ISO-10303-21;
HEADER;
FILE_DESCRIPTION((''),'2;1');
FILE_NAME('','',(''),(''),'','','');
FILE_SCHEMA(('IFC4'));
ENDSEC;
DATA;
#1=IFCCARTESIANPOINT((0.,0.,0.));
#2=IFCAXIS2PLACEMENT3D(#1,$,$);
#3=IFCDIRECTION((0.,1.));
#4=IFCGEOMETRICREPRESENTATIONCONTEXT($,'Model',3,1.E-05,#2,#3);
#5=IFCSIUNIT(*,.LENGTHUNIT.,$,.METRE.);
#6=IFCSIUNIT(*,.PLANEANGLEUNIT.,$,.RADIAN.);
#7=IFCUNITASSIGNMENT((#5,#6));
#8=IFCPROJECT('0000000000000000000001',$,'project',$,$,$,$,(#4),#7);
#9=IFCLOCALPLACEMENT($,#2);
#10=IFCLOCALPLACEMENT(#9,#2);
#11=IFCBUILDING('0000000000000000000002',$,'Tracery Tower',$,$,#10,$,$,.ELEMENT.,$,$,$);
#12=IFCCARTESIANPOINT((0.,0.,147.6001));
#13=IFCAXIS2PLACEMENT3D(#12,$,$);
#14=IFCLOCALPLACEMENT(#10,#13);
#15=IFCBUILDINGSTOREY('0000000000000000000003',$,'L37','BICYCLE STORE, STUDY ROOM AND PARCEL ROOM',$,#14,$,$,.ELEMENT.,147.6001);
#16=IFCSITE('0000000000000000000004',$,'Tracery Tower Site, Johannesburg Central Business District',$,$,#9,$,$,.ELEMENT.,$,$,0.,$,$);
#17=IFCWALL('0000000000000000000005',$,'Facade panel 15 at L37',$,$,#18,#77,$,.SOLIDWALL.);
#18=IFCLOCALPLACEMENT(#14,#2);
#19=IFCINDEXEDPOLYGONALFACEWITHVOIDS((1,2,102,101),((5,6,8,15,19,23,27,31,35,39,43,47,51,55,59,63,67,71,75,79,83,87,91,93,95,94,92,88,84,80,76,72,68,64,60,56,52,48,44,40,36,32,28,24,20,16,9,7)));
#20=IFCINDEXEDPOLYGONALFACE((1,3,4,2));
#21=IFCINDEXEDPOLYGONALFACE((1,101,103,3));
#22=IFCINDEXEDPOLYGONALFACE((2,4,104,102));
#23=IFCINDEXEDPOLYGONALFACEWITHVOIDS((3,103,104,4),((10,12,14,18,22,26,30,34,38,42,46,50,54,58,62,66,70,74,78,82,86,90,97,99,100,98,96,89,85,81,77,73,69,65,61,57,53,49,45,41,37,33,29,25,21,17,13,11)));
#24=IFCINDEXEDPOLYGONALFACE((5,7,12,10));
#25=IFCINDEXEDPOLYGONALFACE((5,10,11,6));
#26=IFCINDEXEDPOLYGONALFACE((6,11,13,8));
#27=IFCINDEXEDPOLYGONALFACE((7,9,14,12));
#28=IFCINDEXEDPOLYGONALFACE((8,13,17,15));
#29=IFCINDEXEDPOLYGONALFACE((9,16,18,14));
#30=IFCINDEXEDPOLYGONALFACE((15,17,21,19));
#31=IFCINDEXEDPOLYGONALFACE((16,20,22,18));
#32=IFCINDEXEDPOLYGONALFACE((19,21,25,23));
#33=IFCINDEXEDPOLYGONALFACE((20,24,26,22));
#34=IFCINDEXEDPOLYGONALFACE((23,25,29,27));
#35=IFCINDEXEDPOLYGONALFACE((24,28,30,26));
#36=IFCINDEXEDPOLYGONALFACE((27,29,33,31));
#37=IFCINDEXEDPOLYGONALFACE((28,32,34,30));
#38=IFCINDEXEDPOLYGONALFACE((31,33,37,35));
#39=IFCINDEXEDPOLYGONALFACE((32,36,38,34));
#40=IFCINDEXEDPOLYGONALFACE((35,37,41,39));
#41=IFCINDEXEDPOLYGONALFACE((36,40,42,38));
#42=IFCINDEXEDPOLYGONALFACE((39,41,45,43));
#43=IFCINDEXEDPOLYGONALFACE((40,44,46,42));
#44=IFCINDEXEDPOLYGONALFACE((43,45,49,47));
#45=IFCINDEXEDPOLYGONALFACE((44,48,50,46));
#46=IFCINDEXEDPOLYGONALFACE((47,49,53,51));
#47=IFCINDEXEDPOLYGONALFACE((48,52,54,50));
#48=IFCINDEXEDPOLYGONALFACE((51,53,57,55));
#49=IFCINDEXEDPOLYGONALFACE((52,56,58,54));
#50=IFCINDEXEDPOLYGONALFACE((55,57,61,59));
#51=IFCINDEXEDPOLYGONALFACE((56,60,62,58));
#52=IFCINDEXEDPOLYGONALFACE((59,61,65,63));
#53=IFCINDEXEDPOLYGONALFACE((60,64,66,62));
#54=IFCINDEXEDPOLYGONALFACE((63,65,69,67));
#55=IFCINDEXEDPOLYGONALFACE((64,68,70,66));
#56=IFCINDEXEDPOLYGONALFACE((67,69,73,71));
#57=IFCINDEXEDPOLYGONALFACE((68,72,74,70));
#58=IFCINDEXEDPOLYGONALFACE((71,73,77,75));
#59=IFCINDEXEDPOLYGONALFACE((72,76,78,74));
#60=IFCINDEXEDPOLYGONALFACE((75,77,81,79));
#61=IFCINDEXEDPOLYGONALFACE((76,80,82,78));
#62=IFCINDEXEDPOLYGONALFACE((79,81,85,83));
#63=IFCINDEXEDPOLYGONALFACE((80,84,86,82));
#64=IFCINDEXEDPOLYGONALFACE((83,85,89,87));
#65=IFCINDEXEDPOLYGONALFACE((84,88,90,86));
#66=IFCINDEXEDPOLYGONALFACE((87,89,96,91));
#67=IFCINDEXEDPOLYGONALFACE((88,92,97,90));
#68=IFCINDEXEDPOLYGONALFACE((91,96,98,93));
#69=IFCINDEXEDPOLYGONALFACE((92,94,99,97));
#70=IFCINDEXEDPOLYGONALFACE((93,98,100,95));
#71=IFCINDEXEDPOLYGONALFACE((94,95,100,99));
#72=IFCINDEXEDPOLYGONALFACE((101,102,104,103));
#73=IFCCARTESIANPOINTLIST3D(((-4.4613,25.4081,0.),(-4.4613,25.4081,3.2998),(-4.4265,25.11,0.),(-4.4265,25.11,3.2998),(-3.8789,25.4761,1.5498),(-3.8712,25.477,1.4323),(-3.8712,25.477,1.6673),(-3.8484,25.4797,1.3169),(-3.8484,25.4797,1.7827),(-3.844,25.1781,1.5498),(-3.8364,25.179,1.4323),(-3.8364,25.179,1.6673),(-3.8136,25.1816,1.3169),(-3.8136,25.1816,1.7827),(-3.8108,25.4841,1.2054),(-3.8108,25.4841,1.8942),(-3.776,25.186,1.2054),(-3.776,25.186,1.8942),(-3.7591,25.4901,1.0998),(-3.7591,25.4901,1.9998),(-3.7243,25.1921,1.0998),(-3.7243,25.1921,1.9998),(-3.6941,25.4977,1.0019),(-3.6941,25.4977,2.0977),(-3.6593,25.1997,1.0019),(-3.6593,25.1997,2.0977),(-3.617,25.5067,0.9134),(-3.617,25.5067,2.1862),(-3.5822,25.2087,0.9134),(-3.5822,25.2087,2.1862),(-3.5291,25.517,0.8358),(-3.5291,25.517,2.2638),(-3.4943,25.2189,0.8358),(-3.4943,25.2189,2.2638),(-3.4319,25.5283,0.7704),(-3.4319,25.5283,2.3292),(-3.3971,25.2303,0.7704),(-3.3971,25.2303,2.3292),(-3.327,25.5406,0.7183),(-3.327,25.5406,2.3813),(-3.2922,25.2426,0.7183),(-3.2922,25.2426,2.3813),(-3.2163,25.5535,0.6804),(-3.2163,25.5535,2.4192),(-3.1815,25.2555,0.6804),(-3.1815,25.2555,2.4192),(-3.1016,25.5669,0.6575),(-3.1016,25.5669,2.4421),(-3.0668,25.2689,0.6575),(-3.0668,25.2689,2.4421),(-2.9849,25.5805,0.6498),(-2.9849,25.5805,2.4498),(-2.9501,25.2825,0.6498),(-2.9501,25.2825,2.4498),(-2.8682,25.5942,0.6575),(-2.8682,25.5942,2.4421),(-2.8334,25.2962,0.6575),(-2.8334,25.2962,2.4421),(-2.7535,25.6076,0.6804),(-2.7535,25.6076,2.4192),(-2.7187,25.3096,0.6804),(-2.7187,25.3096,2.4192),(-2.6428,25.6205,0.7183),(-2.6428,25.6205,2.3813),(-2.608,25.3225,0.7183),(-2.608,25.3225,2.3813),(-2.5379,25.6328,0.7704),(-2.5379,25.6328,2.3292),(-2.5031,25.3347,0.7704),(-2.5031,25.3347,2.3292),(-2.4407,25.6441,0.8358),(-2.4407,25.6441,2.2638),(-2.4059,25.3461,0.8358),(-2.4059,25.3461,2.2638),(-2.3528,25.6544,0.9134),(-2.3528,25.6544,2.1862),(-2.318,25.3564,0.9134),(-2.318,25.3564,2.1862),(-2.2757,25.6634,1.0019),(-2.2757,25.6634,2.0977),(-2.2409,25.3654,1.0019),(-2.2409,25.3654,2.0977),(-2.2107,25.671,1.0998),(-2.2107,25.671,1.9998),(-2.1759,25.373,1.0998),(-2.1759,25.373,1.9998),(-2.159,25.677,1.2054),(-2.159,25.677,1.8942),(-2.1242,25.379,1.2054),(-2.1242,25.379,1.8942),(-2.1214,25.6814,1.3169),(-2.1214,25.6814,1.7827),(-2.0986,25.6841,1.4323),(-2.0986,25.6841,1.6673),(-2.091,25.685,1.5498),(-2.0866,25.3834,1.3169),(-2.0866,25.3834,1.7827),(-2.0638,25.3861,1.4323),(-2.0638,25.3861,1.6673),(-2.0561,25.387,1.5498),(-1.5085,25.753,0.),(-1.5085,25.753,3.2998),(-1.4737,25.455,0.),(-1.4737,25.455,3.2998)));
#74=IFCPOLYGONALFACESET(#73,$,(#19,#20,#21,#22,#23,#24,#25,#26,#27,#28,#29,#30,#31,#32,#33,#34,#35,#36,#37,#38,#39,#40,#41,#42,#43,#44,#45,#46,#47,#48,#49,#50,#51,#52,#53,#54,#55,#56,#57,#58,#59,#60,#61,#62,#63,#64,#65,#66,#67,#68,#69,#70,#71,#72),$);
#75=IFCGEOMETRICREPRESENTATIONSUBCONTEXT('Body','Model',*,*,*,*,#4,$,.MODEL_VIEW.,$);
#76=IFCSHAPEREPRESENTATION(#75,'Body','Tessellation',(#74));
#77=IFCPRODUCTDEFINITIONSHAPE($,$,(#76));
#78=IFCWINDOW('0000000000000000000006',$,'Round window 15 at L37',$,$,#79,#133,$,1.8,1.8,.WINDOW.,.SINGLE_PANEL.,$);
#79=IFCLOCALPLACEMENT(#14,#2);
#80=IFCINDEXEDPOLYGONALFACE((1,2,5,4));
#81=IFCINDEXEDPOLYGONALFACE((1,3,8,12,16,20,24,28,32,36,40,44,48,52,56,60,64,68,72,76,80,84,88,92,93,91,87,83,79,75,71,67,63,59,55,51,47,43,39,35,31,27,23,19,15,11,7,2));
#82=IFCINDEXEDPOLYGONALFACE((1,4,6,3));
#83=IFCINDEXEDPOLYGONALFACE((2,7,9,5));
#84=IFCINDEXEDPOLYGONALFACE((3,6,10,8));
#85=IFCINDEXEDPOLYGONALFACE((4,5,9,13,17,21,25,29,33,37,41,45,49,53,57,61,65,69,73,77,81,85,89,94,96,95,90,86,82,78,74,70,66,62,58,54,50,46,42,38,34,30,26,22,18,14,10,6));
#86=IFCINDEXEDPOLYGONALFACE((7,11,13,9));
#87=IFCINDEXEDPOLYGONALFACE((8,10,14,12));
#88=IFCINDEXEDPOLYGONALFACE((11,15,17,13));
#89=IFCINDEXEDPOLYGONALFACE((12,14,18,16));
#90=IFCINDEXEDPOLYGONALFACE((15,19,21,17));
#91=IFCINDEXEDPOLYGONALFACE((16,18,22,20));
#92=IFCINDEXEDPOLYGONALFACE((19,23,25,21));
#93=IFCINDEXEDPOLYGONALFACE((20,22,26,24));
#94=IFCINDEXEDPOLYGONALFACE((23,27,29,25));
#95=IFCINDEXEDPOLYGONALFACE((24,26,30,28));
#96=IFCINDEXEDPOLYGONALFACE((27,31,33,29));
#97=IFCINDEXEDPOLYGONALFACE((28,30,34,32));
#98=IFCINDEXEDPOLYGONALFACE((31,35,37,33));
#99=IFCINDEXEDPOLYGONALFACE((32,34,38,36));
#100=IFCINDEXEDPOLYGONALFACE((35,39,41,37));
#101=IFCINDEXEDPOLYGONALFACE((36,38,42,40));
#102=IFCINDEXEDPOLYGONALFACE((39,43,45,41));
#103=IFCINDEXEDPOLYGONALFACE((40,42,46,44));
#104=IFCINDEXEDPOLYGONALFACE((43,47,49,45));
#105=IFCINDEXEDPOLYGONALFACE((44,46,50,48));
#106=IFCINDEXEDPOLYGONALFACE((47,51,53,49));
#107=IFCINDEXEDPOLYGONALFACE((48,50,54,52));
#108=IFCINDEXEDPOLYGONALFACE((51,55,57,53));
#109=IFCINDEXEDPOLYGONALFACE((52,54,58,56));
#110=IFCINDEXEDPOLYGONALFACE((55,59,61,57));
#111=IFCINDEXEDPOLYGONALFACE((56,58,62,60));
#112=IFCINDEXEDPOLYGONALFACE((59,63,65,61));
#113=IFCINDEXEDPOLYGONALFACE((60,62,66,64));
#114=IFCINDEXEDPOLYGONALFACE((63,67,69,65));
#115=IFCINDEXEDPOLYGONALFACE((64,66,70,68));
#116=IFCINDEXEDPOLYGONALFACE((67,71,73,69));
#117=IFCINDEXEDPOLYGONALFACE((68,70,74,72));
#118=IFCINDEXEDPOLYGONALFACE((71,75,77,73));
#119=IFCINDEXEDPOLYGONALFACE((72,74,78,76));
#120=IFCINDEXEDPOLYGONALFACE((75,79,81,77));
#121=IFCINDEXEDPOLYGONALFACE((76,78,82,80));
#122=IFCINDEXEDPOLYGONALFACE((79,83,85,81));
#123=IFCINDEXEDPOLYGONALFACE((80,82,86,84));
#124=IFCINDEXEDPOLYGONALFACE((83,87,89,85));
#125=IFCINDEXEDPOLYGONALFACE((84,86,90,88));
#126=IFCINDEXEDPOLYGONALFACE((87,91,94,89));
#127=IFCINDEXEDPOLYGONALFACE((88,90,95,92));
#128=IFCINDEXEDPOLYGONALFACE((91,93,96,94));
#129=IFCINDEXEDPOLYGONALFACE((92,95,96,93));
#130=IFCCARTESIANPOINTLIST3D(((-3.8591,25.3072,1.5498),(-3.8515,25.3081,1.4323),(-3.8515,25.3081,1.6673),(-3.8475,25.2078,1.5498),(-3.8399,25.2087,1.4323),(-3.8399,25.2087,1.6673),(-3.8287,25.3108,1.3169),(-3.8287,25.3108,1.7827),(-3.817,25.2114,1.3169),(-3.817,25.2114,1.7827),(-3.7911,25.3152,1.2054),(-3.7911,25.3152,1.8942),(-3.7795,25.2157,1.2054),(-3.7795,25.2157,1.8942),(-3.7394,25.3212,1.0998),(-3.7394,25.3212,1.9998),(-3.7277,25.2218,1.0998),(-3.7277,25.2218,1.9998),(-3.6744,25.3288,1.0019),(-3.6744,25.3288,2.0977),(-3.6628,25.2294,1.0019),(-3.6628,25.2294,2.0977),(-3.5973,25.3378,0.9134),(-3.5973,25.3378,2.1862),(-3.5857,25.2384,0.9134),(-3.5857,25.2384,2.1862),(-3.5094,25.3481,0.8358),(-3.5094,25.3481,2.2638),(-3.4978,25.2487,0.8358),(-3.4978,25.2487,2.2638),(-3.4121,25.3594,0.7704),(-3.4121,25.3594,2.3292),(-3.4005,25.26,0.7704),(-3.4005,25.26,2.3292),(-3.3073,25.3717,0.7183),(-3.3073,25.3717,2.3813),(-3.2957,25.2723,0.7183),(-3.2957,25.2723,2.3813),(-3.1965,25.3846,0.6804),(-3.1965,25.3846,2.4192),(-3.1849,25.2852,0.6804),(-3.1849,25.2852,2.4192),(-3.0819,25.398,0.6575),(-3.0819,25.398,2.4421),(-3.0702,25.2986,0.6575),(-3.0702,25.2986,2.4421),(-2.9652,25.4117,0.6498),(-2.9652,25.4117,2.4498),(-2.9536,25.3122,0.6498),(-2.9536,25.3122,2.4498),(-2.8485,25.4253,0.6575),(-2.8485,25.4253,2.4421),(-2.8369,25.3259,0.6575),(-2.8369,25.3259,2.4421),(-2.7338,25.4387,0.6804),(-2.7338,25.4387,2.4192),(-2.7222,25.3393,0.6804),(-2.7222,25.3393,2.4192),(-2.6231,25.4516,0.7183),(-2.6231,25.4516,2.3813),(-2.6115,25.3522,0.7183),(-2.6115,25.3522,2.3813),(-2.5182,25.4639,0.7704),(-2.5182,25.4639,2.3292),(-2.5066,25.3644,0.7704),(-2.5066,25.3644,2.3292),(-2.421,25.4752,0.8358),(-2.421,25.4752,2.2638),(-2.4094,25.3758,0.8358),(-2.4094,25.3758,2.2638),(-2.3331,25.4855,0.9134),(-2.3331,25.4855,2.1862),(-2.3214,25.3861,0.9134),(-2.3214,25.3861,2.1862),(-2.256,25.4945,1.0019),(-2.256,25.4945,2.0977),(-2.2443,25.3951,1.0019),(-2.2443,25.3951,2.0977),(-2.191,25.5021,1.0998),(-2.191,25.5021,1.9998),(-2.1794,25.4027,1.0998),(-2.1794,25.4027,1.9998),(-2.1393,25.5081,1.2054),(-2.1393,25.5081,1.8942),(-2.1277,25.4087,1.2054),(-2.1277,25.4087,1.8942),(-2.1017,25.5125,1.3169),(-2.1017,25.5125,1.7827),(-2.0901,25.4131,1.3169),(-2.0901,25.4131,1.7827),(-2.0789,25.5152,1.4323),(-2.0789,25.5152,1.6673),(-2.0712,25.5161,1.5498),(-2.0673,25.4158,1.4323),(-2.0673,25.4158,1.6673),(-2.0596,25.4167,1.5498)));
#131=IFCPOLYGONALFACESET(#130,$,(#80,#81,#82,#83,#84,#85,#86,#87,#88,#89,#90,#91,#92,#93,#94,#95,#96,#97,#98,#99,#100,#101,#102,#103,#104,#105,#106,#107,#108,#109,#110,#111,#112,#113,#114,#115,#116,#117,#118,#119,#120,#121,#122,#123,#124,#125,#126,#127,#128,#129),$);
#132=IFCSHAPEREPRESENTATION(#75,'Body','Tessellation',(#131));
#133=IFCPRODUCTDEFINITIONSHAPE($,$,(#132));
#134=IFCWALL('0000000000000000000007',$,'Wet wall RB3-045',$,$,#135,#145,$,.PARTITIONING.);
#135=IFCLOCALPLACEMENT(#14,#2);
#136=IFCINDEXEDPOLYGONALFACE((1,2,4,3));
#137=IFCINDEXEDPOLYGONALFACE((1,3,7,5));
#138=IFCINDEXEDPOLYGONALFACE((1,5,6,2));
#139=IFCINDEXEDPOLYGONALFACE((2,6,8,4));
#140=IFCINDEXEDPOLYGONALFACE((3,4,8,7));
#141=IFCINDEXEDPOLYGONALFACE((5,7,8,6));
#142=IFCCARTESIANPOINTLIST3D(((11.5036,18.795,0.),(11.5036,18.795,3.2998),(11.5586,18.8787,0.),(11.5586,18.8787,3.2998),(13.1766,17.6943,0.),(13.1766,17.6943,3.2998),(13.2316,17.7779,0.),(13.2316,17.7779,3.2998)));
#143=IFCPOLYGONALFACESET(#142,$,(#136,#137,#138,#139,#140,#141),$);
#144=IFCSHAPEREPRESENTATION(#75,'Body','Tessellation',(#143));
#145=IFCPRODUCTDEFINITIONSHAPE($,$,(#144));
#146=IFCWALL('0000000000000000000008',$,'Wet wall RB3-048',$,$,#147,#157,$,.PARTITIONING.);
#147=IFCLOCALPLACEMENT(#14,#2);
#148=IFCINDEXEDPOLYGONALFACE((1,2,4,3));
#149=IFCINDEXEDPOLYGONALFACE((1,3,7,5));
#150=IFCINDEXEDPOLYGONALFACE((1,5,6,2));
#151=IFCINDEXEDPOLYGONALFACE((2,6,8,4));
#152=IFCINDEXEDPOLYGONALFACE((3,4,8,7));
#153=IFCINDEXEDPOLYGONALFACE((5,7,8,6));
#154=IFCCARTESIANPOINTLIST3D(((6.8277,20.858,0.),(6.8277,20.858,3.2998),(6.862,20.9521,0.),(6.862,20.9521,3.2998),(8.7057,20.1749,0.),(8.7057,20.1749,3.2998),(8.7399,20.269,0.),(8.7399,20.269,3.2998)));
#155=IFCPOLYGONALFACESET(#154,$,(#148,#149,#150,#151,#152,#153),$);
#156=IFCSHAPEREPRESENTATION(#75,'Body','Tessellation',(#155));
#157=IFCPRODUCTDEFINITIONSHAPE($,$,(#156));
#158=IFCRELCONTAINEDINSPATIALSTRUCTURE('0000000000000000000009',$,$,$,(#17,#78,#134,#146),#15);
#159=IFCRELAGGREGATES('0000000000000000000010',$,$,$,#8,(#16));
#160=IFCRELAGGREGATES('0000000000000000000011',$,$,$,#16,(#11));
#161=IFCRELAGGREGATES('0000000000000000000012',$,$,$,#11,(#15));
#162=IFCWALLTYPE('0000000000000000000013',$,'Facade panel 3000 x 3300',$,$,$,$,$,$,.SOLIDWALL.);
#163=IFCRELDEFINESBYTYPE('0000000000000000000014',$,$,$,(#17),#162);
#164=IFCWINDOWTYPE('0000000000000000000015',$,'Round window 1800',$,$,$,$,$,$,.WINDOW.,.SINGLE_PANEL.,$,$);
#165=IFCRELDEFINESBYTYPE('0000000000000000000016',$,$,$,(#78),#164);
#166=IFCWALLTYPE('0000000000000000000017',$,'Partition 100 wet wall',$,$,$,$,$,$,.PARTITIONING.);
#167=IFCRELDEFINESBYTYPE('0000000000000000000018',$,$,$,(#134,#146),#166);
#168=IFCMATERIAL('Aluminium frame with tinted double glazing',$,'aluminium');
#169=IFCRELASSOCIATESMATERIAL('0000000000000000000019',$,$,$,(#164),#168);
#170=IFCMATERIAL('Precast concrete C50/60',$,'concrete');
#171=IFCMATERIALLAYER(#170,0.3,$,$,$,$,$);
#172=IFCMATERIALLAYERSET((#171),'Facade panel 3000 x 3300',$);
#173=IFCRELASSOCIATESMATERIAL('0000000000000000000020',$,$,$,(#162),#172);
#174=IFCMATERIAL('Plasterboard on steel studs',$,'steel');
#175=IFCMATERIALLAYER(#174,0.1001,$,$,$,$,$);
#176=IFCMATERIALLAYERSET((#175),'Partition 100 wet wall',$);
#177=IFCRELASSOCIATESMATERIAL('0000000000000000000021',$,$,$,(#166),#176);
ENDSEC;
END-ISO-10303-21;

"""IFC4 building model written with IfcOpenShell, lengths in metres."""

from ifc_helpers import new_model, si_unit, direction, frame, frame_2d, origin, origin_2d, place, context, subcontext, project, spatial, rectangle, circle, extrude, material, layer, layer_set, type_object, element, fill, save


model = new_model("IFC4")

# Units and contexts
model_context = context("Model", 3, precision=1e-05, world=origin(), true_north=direction((0.0, 1.0)))
body_context = subcontext(model_context, "Body", "Model", "MODEL_VIEW")
ifc_project = project(units=[si_unit("LENGTHUNIT", "METRE"), si_unit("PLANEANGLEUNIT", "RADIAN")], contexts=[model_context])

# Site, building, storey
site_placement = place(None, origin())
site = spatial("IfcSite", under=ifc_project, at=site_placement, Name="Tracery Tower Site, Johannesburg Central Business District", CompositionType="ELEMENT", RefElevation=0.0)
building_placement = place(site_placement, origin())
building = spatial("IfcBuilding", under=site, at=building_placement, Name="Tracery Tower", CompositionType="ELEMENT")
storey_placement = place(building_placement, frame((0.0, 0.0, 147.6001)))
storey = spatial("IfcBuildingStorey", under=building, at=storey_placement, Name="L37", Description="BICYCLE STORE, STUDY ROOM AND PARCEL ROOM", CompositionType="ELEMENT", Elevation=147.6001)

# Wall, opening, window
ifc_material_1 = material(Name="Aluminium frame with tinted double glazing", Category="aluminium")
window_type = type_object("IfcWindowType", Name="Round window 1800", PartitioningType="SINGLE_PANEL", PredefinedType="WINDOW", material=ifc_material_1)
ifc_material_2 = material(Name="Precast concrete C50/60", Category="concrete")
ifc_layer_1 = layer(ifc_material_2, 0.3)
ifc_layer_set_1 = layer_set([ifc_layer_1], Name="Facade panel 3000 x 3300")
wall_type_1 = type_object("IfcWallType", Name="Facade panel 3000 x 3300", PredefinedType="SOLIDWALL", material=ifc_layer_set_1)
wall_1_placement = place(storey_placement, frame((-1.4912, 25.604, 0.0), z_axis=(0.0, 0.0, 1.0), x_axis=(-0.993245, -0.116036, 0.0)))
wall_1 = element("IfcWall", 1, at=wall_1_placement, inside=storey, type_object=wall_type_1, Name="Facade panel 15 at L37", PredefinedType="SOLIDWALL", context=body_context, shape_type="SweptSolid", body=[
    extrude(rectangle(XDim=2.9729, YDim=0.3, at=frame_2d((1.4863, 0.0))), origin(), (0.0, 0.0, 1.0), 3.2998),
])
opening_1_placement = place(wall_1_placement, frame((1.4863, 0.0, 1.5498)))
opening_1 = element("IfcOpeningElement", 2, at=opening_1_placement, cuts=wall_1, PredefinedType="OPENING", context=body_context, shape_type="SweptSolid", body=[
    extrude(circle(Radius=0.9, at=origin_2d()), frame((0.0, 0.1599, 0.0), z_axis=(0.0, -1.0, 0.0), x_axis=(1.0, 0.0, 0.0)), (0.0, 0.0, 1.0), 0.3201),
])
window_1_placement = place(opening_1_placement, origin())
window_1 = element("IfcWindow", 3, at=window_1_placement, inside=storey, type_object=window_type, Name="Round window 15 at L37", OverallHeight=1.8, OverallWidth=1.8, PartitioningType="SINGLE_PANEL", PredefinedType="WINDOW", context=body_context, shape_type="SweptSolid", body=[
    extrude(circle(Radius=0.9, at=origin_2d()), frame((0.0, 0.1201, 0.0), z_axis=(0.0, -1.0, 0.0), x_axis=(1.0, 0.0, 0.0)), (0.0, 0.0, 1.0), 0.1001),
])
fill(opening_1, window_1)

# Walls
ifc_material_3 = material(Name="Plasterboard on steel studs", Category="steel")
ifc_layer_2 = layer(ifc_material_3, 0.1001)
ifc_layer_set_2 = layer_set([ifc_layer_2], Name="Partition 100 wet wall")
wall_type_2 = type_object("IfcWallType", Name="Partition 100 wet wall", PredefinedType="PARTITIONING", material=ifc_layer_set_2)
wall_2_placement = place(storey_placement, frame((11.531, 18.8369, 0.0), z_axis=(0.0, 0.0, 1.0), x_axis=(0.835392, -0.549655, 0.0)))
element("IfcWall", 4, at=wall_2_placement, inside=storey, type_object=wall_type_2, Name="Wet wall RB3-045", PredefinedType="PARTITIONING", context=body_context, shape_type="SweptSolid", body=[
    extrude(rectangle(XDim=2.0027, YDim=0.1001, at=frame_2d((1.0015, 0.0))), origin(), (0.0, 0.0, 1.0), 3.2998),
])
wall_3_placement = place(storey_placement, frame((6.845, 20.905, 0.0), z_axis=(0.0, 0.0, 1.0), x_axis=(0.939758, -0.341841, 0.0)))
element("IfcWall", 5, at=wall_3_placement, inside=storey, type_object=wall_type_2, Name="Wet wall RB3-048", PredefinedType="PARTITIONING", context=body_context, shape_type="SweptSolid", body=[
    extrude(rectangle(XDim=1.9983, YDim=0.1001, at=frame_2d((0.999, 0.0))), origin(), (0.0, 0.0, 1.0), 3.2998),
])

save(model, "model.ifc")
